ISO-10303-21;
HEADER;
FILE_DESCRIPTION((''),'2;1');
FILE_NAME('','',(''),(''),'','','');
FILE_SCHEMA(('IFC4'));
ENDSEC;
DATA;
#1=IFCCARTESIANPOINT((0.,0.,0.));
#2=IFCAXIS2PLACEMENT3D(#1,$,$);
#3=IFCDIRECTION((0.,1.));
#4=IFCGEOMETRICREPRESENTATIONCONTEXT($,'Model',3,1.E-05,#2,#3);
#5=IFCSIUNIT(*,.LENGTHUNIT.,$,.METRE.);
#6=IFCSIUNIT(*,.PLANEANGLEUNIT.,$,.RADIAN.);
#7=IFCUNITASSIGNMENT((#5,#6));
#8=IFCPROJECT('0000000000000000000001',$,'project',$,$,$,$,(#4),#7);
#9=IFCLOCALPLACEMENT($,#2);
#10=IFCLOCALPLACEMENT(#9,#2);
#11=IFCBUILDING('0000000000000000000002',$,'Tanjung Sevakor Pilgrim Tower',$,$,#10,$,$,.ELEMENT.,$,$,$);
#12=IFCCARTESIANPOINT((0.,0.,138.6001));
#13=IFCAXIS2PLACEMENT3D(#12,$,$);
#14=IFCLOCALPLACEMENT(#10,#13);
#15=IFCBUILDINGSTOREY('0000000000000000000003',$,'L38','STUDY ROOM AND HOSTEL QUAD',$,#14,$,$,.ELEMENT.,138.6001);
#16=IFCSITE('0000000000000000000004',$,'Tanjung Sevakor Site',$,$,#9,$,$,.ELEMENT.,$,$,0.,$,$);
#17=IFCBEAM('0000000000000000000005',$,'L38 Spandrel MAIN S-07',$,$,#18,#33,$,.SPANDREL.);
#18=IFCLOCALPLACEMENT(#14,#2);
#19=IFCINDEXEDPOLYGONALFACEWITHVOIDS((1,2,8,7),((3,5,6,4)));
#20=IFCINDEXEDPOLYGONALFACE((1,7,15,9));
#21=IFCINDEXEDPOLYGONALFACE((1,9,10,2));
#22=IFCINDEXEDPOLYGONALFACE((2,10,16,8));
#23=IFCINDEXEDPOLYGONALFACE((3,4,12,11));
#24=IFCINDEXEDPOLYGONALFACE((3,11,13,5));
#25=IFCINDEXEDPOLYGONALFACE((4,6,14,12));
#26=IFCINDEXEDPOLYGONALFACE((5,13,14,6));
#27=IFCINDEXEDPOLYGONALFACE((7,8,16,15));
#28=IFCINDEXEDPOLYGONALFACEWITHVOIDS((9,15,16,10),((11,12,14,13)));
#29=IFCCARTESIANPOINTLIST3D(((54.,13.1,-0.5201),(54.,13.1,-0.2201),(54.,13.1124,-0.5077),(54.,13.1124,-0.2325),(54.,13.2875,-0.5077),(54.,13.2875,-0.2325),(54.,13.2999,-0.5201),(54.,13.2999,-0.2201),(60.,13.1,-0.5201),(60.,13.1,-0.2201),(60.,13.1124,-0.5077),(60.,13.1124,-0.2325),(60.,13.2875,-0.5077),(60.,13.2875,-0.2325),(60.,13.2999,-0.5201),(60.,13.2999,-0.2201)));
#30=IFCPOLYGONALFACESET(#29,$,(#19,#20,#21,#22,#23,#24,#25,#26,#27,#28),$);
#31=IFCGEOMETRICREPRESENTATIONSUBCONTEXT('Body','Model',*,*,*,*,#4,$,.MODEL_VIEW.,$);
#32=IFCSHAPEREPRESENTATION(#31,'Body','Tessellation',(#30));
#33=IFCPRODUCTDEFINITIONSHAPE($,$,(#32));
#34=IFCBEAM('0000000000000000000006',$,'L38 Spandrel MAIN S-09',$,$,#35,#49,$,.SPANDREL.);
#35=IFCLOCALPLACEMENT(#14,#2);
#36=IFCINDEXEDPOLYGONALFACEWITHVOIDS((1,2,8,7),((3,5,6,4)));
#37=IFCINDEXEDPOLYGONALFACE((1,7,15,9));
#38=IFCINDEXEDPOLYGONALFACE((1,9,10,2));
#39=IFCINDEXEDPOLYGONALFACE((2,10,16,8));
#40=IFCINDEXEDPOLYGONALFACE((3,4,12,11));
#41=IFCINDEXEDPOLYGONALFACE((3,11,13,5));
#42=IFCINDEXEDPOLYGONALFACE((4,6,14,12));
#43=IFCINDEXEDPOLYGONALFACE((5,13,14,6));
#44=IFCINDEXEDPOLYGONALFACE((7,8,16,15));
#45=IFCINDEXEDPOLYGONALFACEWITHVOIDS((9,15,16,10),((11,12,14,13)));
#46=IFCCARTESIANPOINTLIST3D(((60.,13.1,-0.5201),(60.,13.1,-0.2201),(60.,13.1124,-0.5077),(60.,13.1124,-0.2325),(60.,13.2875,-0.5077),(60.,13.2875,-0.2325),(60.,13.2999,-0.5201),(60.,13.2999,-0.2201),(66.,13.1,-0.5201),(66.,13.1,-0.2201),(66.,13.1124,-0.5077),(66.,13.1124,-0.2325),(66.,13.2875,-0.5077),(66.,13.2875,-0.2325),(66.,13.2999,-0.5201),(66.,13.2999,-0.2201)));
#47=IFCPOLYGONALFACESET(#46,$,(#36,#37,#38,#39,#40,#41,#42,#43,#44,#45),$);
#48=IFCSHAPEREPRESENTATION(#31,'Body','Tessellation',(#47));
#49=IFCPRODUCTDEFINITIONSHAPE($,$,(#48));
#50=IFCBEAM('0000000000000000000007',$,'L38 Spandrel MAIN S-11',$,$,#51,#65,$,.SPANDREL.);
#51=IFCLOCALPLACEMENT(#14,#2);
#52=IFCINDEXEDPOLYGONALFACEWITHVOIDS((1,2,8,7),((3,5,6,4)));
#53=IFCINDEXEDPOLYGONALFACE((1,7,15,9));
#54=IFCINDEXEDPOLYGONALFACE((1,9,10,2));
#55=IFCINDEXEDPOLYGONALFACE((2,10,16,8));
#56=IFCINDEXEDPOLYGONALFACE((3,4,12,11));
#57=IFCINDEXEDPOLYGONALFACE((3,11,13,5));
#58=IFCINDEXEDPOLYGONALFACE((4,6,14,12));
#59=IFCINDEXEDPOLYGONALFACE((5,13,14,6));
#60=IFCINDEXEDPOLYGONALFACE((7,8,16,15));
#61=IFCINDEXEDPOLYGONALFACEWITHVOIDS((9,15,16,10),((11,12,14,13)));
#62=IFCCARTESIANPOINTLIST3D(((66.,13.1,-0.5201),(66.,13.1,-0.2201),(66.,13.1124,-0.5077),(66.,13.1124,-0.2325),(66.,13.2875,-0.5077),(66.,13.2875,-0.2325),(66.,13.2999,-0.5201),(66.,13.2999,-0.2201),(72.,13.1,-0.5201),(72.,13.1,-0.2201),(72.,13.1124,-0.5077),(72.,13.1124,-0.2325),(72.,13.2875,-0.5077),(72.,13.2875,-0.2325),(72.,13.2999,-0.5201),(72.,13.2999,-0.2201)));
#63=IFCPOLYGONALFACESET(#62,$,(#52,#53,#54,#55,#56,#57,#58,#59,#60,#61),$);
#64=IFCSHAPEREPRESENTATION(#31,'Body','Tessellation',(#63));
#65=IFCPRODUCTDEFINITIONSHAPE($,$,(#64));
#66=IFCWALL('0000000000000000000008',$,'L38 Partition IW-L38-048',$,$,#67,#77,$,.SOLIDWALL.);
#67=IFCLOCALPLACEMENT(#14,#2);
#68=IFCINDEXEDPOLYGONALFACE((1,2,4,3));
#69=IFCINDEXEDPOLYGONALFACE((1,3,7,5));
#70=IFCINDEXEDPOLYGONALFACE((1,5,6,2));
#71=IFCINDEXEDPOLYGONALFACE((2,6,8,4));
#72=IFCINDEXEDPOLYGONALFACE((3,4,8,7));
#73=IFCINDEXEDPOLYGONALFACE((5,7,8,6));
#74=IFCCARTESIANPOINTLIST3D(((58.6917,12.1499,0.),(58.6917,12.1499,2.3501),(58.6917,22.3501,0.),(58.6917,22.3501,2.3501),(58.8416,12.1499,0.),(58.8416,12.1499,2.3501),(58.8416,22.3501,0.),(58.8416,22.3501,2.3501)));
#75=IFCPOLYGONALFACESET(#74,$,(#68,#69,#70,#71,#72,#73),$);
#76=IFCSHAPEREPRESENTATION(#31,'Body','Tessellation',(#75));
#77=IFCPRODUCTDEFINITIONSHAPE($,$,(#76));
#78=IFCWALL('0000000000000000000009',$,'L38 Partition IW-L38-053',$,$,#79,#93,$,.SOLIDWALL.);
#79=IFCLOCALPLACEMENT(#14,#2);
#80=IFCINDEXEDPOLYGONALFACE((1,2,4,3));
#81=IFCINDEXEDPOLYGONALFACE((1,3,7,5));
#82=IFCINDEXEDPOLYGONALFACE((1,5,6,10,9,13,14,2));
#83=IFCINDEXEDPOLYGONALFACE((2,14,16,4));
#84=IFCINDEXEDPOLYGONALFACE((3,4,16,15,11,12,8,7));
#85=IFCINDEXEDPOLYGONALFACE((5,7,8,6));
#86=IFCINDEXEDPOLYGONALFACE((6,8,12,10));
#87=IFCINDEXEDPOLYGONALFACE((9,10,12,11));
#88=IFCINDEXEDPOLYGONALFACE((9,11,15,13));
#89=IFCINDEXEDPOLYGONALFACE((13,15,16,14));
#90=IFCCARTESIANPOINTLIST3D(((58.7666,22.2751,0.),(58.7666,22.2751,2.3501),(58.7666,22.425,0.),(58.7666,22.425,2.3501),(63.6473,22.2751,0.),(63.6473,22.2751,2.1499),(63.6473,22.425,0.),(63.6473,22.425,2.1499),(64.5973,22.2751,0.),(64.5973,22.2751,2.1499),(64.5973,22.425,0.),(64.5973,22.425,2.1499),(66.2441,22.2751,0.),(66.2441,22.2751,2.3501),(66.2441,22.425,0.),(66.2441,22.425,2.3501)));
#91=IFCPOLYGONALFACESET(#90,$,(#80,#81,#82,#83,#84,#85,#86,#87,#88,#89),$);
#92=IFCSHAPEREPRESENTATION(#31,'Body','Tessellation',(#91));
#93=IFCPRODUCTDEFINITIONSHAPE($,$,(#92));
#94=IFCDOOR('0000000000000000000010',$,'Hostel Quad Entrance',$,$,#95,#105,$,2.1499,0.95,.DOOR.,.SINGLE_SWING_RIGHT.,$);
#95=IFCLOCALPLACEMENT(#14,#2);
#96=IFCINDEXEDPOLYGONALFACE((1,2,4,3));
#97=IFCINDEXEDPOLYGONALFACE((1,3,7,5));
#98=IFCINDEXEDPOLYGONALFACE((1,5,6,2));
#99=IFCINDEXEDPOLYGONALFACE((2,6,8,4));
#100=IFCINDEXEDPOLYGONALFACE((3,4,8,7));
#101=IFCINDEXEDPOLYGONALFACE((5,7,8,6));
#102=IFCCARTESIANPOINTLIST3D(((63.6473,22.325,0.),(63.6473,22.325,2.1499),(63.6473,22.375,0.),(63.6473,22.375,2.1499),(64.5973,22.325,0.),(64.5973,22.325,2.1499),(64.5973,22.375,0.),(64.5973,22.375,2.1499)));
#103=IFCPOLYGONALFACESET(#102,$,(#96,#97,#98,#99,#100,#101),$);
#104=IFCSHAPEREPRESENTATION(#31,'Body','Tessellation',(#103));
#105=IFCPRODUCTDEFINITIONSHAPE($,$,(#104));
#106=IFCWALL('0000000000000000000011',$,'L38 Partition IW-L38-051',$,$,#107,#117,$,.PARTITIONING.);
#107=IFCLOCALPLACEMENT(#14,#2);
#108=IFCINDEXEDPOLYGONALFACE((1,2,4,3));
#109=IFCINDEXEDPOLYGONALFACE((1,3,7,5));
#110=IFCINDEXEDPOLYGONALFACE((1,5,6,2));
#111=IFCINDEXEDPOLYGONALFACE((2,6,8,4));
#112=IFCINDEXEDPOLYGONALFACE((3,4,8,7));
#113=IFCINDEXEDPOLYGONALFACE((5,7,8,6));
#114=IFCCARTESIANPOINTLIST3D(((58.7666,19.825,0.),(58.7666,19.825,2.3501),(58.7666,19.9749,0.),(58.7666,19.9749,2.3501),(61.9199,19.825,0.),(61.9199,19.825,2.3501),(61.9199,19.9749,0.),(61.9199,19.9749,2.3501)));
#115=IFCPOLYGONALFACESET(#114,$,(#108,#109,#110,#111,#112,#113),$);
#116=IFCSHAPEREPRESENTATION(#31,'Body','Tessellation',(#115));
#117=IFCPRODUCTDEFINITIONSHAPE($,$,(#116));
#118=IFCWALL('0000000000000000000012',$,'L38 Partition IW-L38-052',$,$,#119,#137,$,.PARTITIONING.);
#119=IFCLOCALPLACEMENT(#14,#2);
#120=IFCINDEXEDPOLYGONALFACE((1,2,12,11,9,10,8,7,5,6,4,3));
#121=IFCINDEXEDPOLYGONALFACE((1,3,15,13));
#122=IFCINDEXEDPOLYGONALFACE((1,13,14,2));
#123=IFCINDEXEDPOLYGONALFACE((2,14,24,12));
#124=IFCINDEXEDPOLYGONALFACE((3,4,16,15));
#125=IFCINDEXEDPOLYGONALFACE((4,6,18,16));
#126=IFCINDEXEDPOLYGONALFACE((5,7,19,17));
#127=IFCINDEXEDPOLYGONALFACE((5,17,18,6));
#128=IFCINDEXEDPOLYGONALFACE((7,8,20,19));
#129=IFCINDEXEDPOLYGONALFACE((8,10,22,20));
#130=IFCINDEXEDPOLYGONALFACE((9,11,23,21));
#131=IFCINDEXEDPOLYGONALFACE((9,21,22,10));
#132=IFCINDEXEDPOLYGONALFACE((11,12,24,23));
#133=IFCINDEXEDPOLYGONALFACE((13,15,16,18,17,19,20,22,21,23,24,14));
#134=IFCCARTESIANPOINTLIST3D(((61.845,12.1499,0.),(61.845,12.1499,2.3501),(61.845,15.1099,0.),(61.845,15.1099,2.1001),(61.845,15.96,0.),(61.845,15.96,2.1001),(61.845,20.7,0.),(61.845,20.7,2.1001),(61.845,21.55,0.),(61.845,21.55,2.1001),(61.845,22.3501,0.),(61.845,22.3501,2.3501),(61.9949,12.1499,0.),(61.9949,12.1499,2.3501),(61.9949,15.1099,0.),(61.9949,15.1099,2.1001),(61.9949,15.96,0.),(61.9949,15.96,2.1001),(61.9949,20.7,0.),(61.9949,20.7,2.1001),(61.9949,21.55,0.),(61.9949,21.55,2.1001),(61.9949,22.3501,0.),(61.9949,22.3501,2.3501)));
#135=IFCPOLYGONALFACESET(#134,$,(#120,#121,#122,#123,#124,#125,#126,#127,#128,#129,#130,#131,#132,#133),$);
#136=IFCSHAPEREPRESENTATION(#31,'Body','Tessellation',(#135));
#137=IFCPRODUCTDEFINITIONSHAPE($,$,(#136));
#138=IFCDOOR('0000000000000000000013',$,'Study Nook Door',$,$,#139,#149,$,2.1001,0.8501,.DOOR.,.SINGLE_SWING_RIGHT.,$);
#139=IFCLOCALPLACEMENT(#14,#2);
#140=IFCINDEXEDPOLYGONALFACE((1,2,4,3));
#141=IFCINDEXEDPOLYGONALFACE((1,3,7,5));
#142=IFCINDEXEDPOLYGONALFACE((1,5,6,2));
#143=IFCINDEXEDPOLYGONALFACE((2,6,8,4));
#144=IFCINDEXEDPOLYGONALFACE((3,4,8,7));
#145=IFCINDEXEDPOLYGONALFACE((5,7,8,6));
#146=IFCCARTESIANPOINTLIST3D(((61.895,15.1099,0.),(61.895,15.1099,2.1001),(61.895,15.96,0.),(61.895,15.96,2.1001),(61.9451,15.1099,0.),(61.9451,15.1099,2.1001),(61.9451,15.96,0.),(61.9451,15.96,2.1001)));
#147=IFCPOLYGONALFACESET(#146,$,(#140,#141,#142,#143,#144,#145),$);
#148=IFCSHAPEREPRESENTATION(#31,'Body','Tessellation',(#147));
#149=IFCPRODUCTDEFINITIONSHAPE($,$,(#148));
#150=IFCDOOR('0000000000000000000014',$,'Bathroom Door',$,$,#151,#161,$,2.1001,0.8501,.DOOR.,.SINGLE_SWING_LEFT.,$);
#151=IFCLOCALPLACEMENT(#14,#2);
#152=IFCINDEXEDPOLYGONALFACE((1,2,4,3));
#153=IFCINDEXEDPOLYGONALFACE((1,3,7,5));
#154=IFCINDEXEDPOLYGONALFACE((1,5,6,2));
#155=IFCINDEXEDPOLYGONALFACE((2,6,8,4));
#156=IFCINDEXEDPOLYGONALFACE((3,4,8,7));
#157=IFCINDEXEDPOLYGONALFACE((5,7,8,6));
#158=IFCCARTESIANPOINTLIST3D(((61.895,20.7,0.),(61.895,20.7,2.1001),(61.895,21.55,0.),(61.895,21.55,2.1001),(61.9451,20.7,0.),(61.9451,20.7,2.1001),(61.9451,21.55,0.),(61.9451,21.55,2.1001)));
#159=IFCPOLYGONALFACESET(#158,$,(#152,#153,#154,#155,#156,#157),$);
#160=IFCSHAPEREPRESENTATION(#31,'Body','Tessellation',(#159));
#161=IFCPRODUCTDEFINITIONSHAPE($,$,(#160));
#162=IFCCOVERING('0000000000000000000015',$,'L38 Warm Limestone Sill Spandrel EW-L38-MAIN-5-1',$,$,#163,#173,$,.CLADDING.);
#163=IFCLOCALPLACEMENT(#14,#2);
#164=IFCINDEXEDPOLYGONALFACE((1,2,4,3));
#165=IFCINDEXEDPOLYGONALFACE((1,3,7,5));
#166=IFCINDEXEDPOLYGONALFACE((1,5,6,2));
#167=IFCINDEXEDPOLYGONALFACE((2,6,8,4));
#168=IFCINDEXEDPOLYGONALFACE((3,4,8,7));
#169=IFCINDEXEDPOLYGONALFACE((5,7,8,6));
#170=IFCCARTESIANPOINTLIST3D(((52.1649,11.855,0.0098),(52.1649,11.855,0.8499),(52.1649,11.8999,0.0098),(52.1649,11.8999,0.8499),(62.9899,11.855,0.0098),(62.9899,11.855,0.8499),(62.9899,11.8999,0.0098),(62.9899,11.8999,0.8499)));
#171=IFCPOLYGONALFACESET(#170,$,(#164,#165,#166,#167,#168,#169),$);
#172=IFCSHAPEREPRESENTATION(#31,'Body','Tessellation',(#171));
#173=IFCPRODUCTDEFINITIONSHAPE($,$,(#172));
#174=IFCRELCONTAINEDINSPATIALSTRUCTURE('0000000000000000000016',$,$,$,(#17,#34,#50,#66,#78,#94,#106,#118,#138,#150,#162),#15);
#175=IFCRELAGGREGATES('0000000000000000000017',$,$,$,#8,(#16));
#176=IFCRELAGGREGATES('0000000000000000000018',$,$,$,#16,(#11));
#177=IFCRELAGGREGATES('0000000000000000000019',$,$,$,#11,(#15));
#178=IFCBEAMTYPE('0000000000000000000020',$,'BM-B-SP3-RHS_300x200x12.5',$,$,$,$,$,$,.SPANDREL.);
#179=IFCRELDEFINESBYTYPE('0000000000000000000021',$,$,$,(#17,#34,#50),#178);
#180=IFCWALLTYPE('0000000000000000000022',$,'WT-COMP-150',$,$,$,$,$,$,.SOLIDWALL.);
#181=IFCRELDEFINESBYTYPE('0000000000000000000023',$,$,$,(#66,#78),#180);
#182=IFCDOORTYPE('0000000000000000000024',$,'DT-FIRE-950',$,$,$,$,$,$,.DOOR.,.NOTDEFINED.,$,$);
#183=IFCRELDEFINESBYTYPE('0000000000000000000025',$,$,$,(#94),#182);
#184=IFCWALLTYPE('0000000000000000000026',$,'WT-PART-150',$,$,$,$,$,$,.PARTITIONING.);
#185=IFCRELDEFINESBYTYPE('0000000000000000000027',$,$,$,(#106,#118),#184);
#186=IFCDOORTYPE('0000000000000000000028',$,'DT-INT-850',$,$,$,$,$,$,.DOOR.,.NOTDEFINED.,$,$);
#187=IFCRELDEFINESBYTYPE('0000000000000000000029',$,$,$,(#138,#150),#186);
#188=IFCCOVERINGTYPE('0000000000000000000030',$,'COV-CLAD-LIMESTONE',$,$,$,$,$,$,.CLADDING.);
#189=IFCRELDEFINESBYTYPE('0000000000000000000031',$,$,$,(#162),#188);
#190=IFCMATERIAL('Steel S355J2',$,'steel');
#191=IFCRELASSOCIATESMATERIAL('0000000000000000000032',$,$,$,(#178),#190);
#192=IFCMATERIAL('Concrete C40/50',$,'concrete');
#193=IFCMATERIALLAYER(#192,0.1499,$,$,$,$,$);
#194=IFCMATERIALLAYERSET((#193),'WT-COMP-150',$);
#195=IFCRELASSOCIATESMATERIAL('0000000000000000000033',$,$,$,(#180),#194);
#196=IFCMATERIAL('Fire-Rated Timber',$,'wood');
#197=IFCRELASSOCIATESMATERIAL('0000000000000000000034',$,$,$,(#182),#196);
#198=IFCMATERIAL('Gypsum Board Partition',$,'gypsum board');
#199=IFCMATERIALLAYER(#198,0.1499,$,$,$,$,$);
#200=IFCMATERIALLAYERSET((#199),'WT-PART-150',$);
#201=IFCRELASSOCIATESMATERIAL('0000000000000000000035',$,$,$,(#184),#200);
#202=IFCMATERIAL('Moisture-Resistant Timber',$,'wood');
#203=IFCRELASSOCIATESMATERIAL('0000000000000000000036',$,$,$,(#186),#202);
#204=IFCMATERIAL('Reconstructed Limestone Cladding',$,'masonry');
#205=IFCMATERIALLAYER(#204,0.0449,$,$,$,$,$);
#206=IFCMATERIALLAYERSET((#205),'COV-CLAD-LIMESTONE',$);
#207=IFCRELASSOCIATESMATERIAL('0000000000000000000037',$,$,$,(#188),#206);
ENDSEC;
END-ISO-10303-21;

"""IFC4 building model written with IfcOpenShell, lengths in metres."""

from ifc_helpers import new_model, si_unit, direction, frame, frame_2d, origin, origin_2d, place, context, subcontext, project, spatial, rectangle, hollow_rectangle, extrude, material, layer, layer_set, material_profile, profile_set, type_object, element, fill, save


model = new_model("IFC4")

# Units and contexts
model_context = context("Model", 3, precision=1e-05, world=origin(), true_north=direction((0.0, 1.0)))
body_context = subcontext(model_context, "Body", "Model", "MODEL_VIEW")
ifc_project = project(units=[si_unit("LENGTHUNIT", "METRE"), si_unit("PLANEANGLEUNIT", "RADIAN")], contexts=[model_context])

# Site, building, storey
site_placement = place(None, origin())
site = spatial("IfcSite", under=ifc_project, at=site_placement, Name="Tanjung Sevakor Site", CompositionType="ELEMENT", RefElevation=0.0)
building_placement = place(site_placement, origin())
building = spatial("IfcBuilding", under=site, at=building_placement, Name="Tanjung Sevakor Pilgrim Tower", CompositionType="ELEMENT")
storey_placement = place(building_placement, frame((0.0, 0.0, 138.6001)))
storey = spatial("IfcBuildingStorey", under=building, at=storey_placement, Name="L38", Description="STUDY ROOM AND HOSTEL QUAD", CompositionType="ELEMENT", Elevation=138.6001)

# Beams
ifc_material_1 = material(Name="Steel S355J2", Category="steel")
ifc_material_profile_1 = material_profile(ifc_material_1, hollow_rectangle(XDim=0.2, YDim=0.3, WallThickness=0.0125, at=origin_2d()))
ifc_profile_set_1 = profile_set([ifc_material_profile_1], Name="Steel S355J2")
beam_type_1 = type_object("IfcBeamType", Name="BM-B-SP3-RHS_300x200x12.5", PredefinedType="SPANDREL", material=ifc_profile_set_1)
for number, where, z_axis, x_axis, name in (
    (1, (54.0, 13.2, -0.3701), (1.0, 0.0, 0.0), (0.0, 1.0, 0.0), "L38 Spandrel MAIN S-07"),
    (2, (60.0, 13.2, -0.3701), (1.0, 0.0, 0.0), (0.0, 1.0, 0.0), "L38 Spandrel MAIN S-09"),
    (3, (66.0, 13.2, -0.3701), (1.0, 0.0, 0.0), (0.0, 1.0, 0.0), "L38 Spandrel MAIN S-11"),
):
    element("IfcBeam", number, at=place(storey_placement, frame(where, z_axis=z_axis, x_axis=x_axis)), inside=storey, type_object=beam_type_1, Name=name, PredefinedType="SPANDREL", context=body_context, shape_type="SweptSolid", body=[
        extrude(hollow_rectangle(XDim=0.2, YDim=0.3, WallThickness=0.0125, at=origin_2d()), origin(), (0.0, 0.0, 1.0), 6.0),
    ])

# Wall
ifc_material_2 = material(Name="Concrete C40/50", Category="concrete")
ifc_layer_1 = layer(ifc_material_2, 0.1499)
ifc_layer_set_1 = layer_set([ifc_layer_1], Name="WT-COMP-150")
wall_type_1 = type_object("IfcWallType", Name="WT-COMP-150", PredefinedType="SOLIDWALL", material=ifc_layer_set_1)
wall_1_placement = place(storey_placement, frame((58.7666, 12.1499, 0.0), z_axis=(0.0, 0.0, 1.0), x_axis=(0.0, 1.0, 0.0)))
element("IfcWall", 4, at=wall_1_placement, inside=storey, type_object=wall_type_1, Name="L38 Partition IW-L38-048", PredefinedType="SOLIDWALL", context=body_context, shape_type="SweptSolid", body=[
    extrude(rectangle(XDim=10.2002, YDim=0.1499, at=frame_2d((5.1001, 0.0))), origin(), (0.0, 0.0, 1.0), 2.3501),
])

# Wall, opening, door
wall_2_placement = place(storey_placement, frame((58.7666, 22.3501, 0.0), z_axis=(0.0, 0.0, 1.0), x_axis=(1.0, 0.0, 0.0)))
wall_2 = element("IfcWall", 5, at=wall_2_placement, inside=storey, type_object=wall_type_1, Name="L38 Partition IW-L38-053", PredefinedType="SOLIDWALL", context=body_context, shape_type="SweptSolid", body=[
    extrude(rectangle(XDim=7.4775, YDim=0.1499, at=frame_2d((3.7388, 0.0))), origin(), (0.0, 0.0, 1.0), 2.3501),
])
opening_1_placement = place(wall_2_placement, frame((4.8806, 0.0, 0.0)))
opening_1 = element("IfcOpeningElement", 6, at=opening_1_placement, cuts=wall_2, PredefinedType="OPENING", context=body_context, shape_type="SweptSolid", body=[
    extrude(rectangle(XDim=0.95, YDim=2.1499, at=frame_2d((0.4751, 1.075))), frame((0.0, 0.085, 0.0), z_axis=(0.0, -1.0, 0.0), x_axis=(1.0, 0.0, 0.0)), (0.0, 0.0, 1.0), 0.1699),
])
ifc_material_3 = material(Name="Fire-Rated Timber", Category="wood")
door_type_1 = type_object("IfcDoorType", Name="DT-FIRE-950", OperationType="NOTDEFINED", PredefinedType="DOOR", material=ifc_material_3)
door_1_placement = place(opening_1_placement, origin())
door_1 = element("IfcDoor", 7, at=door_1_placement, inside=storey, type_object=door_type_1, Name="Hostel Quad Entrance", OperationType="SINGLE_SWING_RIGHT", OverallHeight=2.1499, OverallWidth=0.95, PredefinedType="DOOR", context=body_context, shape_type="SweptSolid", body=[
    extrude(rectangle(XDim=0.95, YDim=2.1499, at=frame_2d((0.4751, 1.075))), frame((0.0, 0.0249, 0.0), z_axis=(0.0, -1.0, 0.0), x_axis=(1.0, 0.0, 0.0)), (0.0, 0.0, 1.0), 0.05),
])
fill(opening_1, door_1)

# Wall
ifc_material_4 = material(Name="Gypsum Board Partition", Category="gypsum board")
ifc_layer_2 = layer(ifc_material_4, 0.1499)
ifc_layer_set_2 = layer_set([ifc_layer_2], Name="WT-PART-150")
wall_type_2 = type_object("IfcWallType", Name="WT-PART-150", PredefinedType="PARTITIONING", material=ifc_layer_set_2)
wall_3_placement = place(storey_placement, frame((58.7666, 19.8999, 0.0), z_axis=(0.0, 0.0, 1.0), x_axis=(1.0, 0.0, 0.0)))
element("IfcWall", 8, at=wall_3_placement, inside=storey, type_object=wall_type_2, Name="L38 Partition IW-L38-051", PredefinedType="PARTITIONING", context=body_context, shape_type="SweptSolid", body=[
    extrude(rectangle(XDim=3.1533, YDim=0.1499, at=frame_2d((1.5767, 0.0))), origin(), (0.0, 0.0, 1.0), 2.3501),
])

# Wall, openings, doors
wall_4_placement = place(storey_placement, frame((61.9199, 12.1499, 0.0), z_axis=(0.0, 0.0, 1.0), x_axis=(0.0, 1.0, 0.0)))
wall_4 = element("IfcWall", 9, at=wall_4_placement, inside=storey, type_object=wall_type_2, Name="L38 Partition IW-L38-052", PredefinedType="PARTITIONING", context=body_context, shape_type="SweptSolid", body=[
    extrude(rectangle(XDim=10.2002, YDim=0.1499, at=frame_2d((5.1001, 0.0))), origin(), (0.0, 0.0, 1.0), 2.3501),
])
opening_2_placement = place(wall_4_placement, frame((2.96, 0.0, 0.0)))
opening_2 = element("IfcOpeningElement", 10, at=opening_2_placement, cuts=wall_4, PredefinedType="OPENING", context=body_context, shape_type="SweptSolid", body=[
    extrude(rectangle(XDim=0.8501, YDim=2.1001, at=frame_2d((0.425, 1.05))), frame((0.0, 0.085, 0.0), z_axis=(0.0, -1.0, 0.0), x_axis=(1.0, 0.0, 0.0)), (0.0, 0.0, 1.0), 0.1699),
])
opening_3_placement = place(wall_4_placement, frame((8.55, 0.0, 0.0)))
opening_3 = element("IfcOpeningElement", 11, at=opening_3_placement, cuts=wall_4, PredefinedType="OPENING", context=body_context, shape_type="SweptSolid", body=[
    extrude(rectangle(XDim=0.8501, YDim=2.1001, at=frame_2d((0.425, 1.05))), frame((0.0, 0.085, 0.0), z_axis=(0.0, -1.0, 0.0), x_axis=(1.0, 0.0, 0.0)), (0.0, 0.0, 1.0), 0.1699),
])
ifc_material_5 = material(Name="Moisture-Resistant Timber", Category="wood")
door_type_2 = type_object("IfcDoorType", Name="DT-INT-850", OperationType="NOTDEFINED", PredefinedType="DOOR", material=ifc_material_5)
door_2_placement = place(opening_2_placement, origin())
door_2 = element("IfcDoor", 12, at=door_2_placement, inside=storey, type_object=door_type_2, Name="Study Nook Door", OperationType="SINGLE_SWING_RIGHT", OverallHeight=2.1001, OverallWidth=0.8501, PredefinedType="DOOR", context=body_context, shape_type="SweptSolid", body=[
    extrude(rectangle(XDim=0.8501, YDim=2.1001, at=frame_2d((0.425, 1.05))), frame((0.0, 0.0249, 0.0), z_axis=(0.0, -1.0, 0.0), x_axis=(1.0, 0.0, 0.0)), (0.0, 0.0, 1.0), 0.05),
])
fill(opening_2, door_2)
door_3_placement = place(opening_3_placement, origin())
door_3 = element("IfcDoor", 13, at=door_3_placement, inside=storey, type_object=door_type_2, Name="Bathroom Door", OperationType="SINGLE_SWING_LEFT", OverallHeight=2.1001, OverallWidth=0.8501, PredefinedType="DOOR", context=body_context, shape_type="SweptSolid", body=[
    extrude(rectangle(XDim=0.8501, YDim=2.1001, at=frame_2d((0.425, 1.05))), frame((0.0, 0.0249, 0.0), z_axis=(0.0, -1.0, 0.0), x_axis=(1.0, 0.0, 0.0)), (0.0, 0.0, 1.0), 0.05),
])
fill(opening_3, door_3)

# Covering
ifc_material_6 = material(Name="Reconstructed Limestone Cladding", Category="masonry")
ifc_layer_3 = layer(ifc_material_6, 0.0449)
ifc_layer_set_3 = layer_set([ifc_layer_3], Name="COV-CLAD-LIMESTONE")
covering_type = type_object("IfcCoveringType", Name="COV-CLAD-LIMESTONE", PredefinedType="CLADDING", material=ifc_layer_set_3)
covering_placement = place(storey_placement, frame((57.5774, 11.8774, 0.0098), z_axis=(0.0, 0.0, 1.0), x_axis=(1.0, 0.0, 0.0)))
element("IfcCovering", 14, at=covering_placement, inside=storey, type_object=covering_type, Name="L38 Warm Limestone Sill Spandrel EW-L38-MAIN-5-1", PredefinedType="CLADDING", context=body_context, shape_type="SweptSolid", body=[
    extrude(rectangle(XDim=10.825, YDim=0.0449, at=origin_2d()), origin(), (0.0, 0.0, 1.0), 0.8401),
])

save(model, "model.ifc")
